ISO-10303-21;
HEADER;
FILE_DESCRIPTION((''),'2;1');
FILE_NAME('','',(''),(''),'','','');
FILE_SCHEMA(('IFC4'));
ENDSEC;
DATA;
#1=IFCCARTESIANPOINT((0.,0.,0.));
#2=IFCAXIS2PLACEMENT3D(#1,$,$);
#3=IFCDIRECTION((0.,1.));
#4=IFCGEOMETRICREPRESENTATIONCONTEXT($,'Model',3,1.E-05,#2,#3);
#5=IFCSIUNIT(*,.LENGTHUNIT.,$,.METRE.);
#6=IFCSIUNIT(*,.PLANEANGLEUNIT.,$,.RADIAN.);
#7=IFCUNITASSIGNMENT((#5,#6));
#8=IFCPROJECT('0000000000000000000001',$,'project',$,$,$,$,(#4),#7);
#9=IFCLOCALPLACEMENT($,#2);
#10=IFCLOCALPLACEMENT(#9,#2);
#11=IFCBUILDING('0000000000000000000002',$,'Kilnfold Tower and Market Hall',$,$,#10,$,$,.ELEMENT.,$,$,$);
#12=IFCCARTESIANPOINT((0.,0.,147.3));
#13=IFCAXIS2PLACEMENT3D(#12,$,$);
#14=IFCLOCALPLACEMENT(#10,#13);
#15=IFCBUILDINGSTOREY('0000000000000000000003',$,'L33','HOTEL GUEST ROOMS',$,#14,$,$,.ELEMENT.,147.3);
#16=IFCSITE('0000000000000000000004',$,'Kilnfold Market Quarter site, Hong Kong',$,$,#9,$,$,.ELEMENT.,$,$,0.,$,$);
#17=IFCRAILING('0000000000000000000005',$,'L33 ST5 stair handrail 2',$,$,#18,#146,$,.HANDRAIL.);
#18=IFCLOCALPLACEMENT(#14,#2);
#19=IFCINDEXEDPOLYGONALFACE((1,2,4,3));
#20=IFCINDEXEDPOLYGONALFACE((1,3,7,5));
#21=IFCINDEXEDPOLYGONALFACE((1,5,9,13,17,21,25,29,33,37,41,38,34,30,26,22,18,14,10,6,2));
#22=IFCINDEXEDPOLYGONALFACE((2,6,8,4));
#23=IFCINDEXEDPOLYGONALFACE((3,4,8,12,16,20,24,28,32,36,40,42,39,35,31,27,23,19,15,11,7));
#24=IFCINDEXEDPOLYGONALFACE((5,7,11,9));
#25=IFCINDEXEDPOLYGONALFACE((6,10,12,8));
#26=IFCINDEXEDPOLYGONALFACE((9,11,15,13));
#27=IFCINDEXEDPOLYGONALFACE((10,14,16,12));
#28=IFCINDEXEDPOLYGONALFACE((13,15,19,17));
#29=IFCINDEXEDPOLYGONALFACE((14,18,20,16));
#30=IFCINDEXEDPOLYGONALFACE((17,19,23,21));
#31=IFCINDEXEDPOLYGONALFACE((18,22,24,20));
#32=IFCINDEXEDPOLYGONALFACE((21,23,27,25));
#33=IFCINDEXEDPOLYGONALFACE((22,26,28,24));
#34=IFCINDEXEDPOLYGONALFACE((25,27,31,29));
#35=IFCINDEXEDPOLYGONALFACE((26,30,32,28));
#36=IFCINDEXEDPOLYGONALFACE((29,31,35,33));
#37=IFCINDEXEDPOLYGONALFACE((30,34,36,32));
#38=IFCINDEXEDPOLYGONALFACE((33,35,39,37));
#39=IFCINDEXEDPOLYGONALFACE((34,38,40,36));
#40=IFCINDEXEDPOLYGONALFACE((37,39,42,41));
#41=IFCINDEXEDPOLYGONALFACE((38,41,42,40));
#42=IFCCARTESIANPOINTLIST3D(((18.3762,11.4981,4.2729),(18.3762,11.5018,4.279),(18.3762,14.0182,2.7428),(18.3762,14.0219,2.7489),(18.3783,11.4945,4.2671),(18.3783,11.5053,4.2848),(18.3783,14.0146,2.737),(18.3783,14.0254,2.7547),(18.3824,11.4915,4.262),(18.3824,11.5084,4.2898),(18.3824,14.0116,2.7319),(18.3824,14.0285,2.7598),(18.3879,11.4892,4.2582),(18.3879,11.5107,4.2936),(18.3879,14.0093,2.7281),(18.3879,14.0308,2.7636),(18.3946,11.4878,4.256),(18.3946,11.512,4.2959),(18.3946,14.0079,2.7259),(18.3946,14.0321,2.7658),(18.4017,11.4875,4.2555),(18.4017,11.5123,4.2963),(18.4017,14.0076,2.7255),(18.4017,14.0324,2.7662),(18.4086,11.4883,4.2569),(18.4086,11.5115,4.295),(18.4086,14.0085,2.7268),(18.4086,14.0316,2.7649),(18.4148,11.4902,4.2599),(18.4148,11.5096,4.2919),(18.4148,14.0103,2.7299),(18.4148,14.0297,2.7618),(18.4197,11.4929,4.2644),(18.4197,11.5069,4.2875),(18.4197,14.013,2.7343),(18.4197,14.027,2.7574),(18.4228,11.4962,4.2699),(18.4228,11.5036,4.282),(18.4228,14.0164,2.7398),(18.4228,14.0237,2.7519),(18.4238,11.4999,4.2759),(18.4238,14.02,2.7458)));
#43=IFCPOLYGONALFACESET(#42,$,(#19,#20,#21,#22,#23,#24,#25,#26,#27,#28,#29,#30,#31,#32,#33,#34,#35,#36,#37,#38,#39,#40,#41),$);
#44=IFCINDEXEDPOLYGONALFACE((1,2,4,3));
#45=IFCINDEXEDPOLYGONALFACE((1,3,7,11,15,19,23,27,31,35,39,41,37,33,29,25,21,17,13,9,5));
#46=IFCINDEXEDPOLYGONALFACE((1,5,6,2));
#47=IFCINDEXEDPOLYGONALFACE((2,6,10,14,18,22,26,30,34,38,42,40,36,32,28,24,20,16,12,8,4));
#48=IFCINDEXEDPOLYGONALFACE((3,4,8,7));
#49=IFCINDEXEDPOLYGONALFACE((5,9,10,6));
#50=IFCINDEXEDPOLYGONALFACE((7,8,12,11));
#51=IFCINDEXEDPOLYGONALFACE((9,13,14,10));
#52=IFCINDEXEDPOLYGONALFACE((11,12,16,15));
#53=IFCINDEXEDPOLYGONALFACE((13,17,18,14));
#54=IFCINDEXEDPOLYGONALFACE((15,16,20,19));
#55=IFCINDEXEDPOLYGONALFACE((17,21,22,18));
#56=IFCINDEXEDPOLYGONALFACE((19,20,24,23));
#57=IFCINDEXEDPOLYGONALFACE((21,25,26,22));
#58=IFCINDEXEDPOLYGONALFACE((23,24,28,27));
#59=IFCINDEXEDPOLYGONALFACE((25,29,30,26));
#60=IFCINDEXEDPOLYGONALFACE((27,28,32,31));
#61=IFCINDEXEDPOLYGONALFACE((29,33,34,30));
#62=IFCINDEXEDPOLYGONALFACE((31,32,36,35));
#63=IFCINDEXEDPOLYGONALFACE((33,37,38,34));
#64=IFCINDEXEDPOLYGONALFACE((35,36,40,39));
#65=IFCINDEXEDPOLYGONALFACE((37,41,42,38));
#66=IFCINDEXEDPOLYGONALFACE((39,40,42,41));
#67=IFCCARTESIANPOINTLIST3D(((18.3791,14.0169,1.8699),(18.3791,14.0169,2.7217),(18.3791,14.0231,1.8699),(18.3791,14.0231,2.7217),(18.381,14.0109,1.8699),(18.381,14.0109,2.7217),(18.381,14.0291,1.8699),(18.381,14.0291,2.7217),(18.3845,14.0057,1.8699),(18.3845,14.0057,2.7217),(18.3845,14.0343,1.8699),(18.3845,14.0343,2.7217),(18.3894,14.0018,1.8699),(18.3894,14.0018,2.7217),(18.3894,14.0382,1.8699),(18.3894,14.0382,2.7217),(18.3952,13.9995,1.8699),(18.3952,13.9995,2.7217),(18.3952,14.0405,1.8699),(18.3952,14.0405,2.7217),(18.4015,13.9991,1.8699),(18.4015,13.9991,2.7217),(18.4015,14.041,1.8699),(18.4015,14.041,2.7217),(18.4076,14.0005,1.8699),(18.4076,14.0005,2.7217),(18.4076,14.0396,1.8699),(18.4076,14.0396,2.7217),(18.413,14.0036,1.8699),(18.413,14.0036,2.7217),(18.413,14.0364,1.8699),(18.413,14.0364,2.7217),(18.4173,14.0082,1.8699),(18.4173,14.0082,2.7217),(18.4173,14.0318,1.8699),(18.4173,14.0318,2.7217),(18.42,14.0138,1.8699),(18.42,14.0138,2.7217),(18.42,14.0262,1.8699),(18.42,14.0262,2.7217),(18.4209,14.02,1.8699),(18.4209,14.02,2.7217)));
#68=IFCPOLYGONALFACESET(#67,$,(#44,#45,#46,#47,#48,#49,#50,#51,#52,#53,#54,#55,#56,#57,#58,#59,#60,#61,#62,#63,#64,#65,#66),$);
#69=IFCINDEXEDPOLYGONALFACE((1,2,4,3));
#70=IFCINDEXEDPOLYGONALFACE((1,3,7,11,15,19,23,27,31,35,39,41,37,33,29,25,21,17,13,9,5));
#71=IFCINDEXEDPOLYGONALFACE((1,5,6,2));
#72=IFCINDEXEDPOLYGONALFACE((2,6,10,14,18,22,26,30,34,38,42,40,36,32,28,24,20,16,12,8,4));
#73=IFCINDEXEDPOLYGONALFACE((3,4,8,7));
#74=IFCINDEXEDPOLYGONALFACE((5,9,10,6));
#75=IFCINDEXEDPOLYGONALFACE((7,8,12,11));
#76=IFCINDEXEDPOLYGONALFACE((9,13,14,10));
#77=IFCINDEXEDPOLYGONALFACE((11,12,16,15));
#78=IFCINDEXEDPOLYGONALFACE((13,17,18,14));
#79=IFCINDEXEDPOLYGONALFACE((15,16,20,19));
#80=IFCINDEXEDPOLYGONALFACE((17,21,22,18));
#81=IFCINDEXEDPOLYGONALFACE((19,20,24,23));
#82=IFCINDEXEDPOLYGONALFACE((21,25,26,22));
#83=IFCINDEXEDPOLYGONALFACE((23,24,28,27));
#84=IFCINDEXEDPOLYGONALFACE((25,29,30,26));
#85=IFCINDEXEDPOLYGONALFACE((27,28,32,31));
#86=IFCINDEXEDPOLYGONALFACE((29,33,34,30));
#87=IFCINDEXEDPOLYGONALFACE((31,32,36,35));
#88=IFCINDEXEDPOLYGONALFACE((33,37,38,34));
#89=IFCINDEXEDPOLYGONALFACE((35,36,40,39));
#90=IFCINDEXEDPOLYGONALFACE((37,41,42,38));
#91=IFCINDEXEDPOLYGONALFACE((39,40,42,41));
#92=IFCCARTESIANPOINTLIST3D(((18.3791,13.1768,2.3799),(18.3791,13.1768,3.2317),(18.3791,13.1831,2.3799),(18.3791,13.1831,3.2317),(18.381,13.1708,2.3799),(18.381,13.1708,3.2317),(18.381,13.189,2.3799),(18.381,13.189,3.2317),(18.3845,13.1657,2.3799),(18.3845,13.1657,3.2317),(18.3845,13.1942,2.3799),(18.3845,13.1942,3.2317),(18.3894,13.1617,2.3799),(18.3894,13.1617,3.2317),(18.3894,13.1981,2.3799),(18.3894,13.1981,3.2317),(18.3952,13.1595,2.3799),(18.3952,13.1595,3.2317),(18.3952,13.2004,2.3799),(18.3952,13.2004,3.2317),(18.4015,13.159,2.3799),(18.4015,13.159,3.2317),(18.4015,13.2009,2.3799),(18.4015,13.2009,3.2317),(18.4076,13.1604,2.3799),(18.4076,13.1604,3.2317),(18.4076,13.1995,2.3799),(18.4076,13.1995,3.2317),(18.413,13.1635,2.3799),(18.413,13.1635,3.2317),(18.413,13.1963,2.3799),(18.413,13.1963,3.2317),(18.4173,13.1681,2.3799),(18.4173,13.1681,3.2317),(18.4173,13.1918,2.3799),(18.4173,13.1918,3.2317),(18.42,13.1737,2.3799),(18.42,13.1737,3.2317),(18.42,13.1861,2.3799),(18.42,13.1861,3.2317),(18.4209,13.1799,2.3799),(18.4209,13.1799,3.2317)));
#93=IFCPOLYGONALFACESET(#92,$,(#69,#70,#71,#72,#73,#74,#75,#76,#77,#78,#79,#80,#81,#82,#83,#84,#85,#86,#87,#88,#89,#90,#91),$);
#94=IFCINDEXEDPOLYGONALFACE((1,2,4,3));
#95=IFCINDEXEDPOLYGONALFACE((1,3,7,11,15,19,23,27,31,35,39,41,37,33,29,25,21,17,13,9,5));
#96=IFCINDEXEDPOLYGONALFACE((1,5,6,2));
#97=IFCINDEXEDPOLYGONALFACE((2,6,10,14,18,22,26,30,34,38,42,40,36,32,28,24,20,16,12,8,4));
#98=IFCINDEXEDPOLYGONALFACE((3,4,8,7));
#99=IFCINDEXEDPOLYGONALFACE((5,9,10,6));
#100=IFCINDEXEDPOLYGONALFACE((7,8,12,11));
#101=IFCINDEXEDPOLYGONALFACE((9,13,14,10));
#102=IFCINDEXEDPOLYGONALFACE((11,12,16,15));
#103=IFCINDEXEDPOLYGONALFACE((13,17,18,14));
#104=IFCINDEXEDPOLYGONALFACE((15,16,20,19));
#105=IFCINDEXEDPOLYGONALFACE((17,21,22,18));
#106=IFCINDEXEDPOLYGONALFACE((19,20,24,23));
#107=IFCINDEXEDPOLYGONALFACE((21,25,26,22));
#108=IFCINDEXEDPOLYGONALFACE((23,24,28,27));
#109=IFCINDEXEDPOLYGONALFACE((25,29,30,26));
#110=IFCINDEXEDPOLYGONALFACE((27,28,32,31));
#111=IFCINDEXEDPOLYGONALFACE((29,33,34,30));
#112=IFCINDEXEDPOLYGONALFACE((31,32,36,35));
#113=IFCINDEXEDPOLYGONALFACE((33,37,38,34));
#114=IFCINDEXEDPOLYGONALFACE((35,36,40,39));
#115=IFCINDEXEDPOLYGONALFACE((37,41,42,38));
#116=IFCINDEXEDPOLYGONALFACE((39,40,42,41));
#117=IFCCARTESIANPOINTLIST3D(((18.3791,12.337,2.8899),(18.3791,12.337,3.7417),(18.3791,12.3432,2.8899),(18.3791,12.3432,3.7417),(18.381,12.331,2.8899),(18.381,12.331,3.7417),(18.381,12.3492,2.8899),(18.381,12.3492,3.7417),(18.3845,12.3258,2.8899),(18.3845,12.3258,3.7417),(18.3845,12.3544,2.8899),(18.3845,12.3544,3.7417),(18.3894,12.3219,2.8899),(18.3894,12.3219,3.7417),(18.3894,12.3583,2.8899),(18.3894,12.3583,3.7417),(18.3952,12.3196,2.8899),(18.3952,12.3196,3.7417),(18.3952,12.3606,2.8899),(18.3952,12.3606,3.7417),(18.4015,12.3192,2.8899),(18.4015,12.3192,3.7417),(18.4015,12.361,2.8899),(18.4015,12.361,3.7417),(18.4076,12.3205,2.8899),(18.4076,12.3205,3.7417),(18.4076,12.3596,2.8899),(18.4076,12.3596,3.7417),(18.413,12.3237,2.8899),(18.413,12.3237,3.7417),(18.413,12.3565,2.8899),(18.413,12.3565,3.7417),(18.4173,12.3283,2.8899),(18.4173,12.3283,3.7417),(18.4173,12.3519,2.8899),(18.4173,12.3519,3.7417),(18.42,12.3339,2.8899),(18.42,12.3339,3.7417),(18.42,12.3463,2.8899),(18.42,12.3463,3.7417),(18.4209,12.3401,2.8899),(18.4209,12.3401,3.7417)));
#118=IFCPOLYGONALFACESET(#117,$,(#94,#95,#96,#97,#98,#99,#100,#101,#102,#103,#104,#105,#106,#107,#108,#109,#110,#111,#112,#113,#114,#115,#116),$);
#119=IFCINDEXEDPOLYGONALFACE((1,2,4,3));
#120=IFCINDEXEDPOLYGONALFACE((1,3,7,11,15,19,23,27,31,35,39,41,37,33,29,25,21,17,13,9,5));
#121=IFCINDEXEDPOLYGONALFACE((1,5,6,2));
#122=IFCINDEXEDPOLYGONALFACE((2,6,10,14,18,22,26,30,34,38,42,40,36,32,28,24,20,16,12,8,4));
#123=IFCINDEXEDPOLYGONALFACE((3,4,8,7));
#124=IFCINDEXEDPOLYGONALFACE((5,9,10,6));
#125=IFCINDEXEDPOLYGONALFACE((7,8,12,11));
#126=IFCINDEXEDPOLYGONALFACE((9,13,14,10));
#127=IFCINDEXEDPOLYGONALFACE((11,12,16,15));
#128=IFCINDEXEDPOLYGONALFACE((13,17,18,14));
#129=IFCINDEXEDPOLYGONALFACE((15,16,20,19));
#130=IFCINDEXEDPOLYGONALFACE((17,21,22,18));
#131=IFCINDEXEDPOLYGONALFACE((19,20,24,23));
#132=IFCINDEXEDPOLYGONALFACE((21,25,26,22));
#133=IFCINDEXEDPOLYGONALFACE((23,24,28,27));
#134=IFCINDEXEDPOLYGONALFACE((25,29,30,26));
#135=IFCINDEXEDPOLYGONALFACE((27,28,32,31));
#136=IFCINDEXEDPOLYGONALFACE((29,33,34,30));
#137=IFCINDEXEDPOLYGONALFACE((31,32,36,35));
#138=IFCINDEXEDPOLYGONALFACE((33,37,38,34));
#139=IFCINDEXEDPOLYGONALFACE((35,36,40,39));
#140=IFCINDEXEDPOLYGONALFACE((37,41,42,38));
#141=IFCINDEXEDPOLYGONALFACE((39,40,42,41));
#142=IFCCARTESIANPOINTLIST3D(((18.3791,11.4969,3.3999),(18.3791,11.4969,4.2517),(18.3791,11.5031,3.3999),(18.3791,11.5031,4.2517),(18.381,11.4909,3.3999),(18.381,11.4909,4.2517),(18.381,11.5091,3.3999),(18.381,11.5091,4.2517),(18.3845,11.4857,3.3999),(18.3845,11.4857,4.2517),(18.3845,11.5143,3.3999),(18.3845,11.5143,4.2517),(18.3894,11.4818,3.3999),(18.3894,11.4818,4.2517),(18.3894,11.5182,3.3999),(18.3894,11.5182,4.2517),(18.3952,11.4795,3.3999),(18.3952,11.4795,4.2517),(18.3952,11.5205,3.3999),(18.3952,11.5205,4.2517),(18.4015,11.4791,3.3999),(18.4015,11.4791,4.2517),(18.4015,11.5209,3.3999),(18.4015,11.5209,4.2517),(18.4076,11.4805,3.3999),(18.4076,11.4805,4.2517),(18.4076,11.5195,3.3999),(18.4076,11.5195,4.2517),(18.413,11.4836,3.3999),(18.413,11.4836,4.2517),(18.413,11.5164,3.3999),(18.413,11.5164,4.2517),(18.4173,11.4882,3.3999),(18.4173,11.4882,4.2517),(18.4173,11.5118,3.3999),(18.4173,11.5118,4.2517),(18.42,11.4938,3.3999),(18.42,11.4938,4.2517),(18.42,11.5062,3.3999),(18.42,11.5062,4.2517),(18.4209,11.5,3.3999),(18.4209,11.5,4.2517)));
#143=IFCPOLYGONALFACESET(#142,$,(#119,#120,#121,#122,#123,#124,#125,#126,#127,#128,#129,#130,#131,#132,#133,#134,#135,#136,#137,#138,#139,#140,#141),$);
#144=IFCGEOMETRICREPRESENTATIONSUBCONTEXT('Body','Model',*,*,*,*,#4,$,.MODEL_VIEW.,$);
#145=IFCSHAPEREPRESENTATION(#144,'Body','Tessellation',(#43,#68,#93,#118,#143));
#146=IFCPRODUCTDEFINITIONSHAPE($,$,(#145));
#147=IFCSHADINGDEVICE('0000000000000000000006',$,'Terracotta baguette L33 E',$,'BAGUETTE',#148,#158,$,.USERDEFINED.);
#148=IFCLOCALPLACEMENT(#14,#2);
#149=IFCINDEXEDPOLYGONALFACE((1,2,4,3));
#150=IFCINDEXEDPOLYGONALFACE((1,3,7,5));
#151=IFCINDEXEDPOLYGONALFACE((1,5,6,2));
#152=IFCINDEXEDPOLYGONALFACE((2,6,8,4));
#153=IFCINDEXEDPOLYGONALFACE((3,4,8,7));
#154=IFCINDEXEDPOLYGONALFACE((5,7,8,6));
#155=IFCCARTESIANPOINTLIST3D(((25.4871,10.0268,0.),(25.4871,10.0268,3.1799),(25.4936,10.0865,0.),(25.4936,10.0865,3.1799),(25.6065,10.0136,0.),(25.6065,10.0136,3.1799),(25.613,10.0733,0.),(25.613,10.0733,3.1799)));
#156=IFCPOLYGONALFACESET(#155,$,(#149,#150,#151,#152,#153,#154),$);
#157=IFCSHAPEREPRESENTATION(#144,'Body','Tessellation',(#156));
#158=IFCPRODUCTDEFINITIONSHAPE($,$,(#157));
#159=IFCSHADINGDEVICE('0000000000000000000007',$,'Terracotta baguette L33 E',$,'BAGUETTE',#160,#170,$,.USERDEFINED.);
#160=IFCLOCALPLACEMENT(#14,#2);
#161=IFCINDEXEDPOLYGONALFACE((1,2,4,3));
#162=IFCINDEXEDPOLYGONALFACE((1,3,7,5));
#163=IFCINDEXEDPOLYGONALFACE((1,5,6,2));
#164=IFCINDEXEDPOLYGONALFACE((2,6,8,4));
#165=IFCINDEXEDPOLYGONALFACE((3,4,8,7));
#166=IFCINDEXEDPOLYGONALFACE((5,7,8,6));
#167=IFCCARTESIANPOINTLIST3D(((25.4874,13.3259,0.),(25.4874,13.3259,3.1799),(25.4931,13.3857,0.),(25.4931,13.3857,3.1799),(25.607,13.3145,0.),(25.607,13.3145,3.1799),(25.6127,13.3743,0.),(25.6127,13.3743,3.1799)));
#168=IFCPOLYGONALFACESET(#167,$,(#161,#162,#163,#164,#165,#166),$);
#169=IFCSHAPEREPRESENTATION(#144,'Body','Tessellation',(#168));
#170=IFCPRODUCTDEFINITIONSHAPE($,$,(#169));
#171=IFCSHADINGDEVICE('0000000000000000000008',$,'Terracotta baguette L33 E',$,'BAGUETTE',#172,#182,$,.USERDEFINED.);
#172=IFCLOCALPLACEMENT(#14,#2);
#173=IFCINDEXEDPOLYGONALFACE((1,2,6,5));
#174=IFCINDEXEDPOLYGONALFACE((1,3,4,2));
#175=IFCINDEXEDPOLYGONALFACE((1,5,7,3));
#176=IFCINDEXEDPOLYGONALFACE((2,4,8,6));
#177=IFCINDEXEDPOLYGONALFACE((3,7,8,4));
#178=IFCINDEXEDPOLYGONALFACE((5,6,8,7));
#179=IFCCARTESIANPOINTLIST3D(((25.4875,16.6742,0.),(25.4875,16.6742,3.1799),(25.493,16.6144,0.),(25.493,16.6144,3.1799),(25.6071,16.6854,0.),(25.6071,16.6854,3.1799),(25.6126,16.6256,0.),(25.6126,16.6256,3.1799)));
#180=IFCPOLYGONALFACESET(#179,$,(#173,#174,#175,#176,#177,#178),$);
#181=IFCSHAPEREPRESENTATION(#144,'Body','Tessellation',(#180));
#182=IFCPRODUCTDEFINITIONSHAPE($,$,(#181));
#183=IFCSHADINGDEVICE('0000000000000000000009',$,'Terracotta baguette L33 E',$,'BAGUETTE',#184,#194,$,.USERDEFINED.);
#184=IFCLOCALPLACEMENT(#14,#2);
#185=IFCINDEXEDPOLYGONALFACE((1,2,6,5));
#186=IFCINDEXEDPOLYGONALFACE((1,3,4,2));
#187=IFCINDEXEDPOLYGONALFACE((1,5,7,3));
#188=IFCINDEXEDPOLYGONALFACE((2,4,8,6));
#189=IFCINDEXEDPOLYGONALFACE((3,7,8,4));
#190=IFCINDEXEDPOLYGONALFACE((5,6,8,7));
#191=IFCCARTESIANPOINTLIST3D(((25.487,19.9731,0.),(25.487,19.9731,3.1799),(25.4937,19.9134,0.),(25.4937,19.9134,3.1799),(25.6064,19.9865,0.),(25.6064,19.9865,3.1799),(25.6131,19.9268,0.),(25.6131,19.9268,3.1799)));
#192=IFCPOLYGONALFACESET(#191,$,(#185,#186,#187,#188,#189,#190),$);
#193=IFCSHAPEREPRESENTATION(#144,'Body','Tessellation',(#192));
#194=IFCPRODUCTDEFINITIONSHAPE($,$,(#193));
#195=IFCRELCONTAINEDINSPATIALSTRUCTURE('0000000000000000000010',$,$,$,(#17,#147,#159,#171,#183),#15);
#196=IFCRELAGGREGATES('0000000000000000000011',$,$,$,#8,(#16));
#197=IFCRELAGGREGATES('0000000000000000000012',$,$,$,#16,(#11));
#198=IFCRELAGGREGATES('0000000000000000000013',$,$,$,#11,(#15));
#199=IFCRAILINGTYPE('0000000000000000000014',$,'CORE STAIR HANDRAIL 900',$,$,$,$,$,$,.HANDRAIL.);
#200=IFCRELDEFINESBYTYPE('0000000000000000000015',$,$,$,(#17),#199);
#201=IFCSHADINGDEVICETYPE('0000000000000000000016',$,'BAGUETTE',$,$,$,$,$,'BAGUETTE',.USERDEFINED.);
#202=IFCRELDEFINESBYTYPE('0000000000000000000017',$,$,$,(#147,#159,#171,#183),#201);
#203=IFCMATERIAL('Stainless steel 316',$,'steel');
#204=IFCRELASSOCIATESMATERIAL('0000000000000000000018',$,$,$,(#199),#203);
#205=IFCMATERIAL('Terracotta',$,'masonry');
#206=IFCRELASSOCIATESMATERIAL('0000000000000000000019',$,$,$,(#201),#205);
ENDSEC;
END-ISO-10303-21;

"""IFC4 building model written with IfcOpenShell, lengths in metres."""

from ifc_helpers import new_model, si_unit, direction, frame, origin, origin_2d, place, context, subcontext, project, spatial, rectangle, circle, extrude, source, transform, mapped, material, material_profile, profile_set, type_object, element, save


model = new_model("IFC4")

# Units and contexts
model_context = context("Model", 3, precision=1e-05, world=origin(), true_north=direction((0.0, 1.0)))
body_context = subcontext(model_context, "Body", "Model", "MODEL_VIEW")
ifc_project = project(units=[si_unit("LENGTHUNIT", "METRE"), si_unit("PLANEANGLEUNIT", "RADIAN")], contexts=[model_context])

# Site, building, storey
site_placement = place(None, origin())
site = spatial("IfcSite", under=ifc_project, at=site_placement, Name="Kilnfold Market Quarter site, Hong Kong", CompositionType="ELEMENT", RefElevation=0.0)
building_placement = place(site_placement, origin())
building = spatial("IfcBuilding", under=site, at=building_placement, Name="Kilnfold Tower and Market Hall", CompositionType="ELEMENT")
storey_placement = place(building_placement, frame((0.0, 0.0, 147.3)))
storey = spatial("IfcBuildingStorey", under=building, at=storey_placement, Name="L33", Description="HOTEL GUEST ROOMS", CompositionType="ELEMENT", Elevation=147.3)

# Railing
ifc_material_1 = material(Name="Stainless steel 316", Category="steel")
railing_type_1 = type_object("IfcRailingType", Name="CORE STAIR HANDRAIL 900", PredefinedType="HANDRAIL", material=ifc_material_1)
railing_1_placement = place(storey_placement, frame((18.3999, 14.02, 1.8699)))
element("IfcRailing", 1, at=railing_1_placement, inside=storey, type_object=railing_type_1, Name="L33 ST5 stair handrail 2", PredefinedType="HANDRAIL", context=body_context, shape_type="SweptSolid", body=[
    extrude(circle(Radius=0.0239, at=origin_2d()), frame((0.0, 0.0, 0.876), z_axis=(0.0, -0.854785, 0.518982), x_axis=(1.0, 0.0, 0.0)), (0.0, 0.0, 1.0), 2.9482),
    extrude(circle(Radius=0.021, at=origin_2d()), origin(), (0.0, 0.0, 1.0), 0.8518),
    extrude(circle(Radius=0.021, at=origin_2d()), frame((0.0, -0.8401, 0.51)), (0.0, 0.0, 1.0), 0.8518),
    extrude(circle(Radius=0.021, at=origin_2d()), frame((0.0, -1.6799, 1.02)), (0.0, 0.0, 1.0), 0.8518),
    extrude(circle(Radius=0.021, at=origin_2d()), frame((0.0, -2.52, 1.53)), (0.0, 0.0, 1.0), 0.8518),
])

# Shading devices
ifc_material_2 = material(Name="Terracotta", Category="masonry")
ifc_material_profile = material_profile(ifc_material_2, rectangle(XDim=0.0601, YDim=0.1201, at=origin_2d()), Name="BAG 60x120")
ifc_profile_set = profile_set([ifc_material_profile], Name="Terracotta")
shading_device_type = type_object("IfcShadingDeviceType", Name="BAGUETTE", ElementType="BAGUETTE", PredefinedType="USERDEFINED", material=ifc_profile_set)
shared_shape_1 = source(origin(), body_context, "Body", "SweptSolid", [
    extrude(rectangle(XDim=0.0601, YDim=0.1201, at=origin_2d()), origin(), (0.0, 0.0, 1.0), 3.1799),
])
for number, where, z_axis, x_axis, name in (
    (2, (25.55, 10.05, 0.0), (0.0, 0.0, 1.0), (0.10971, 0.993964, 0.0), "Terracotta baguette L33 E"),
    (3, (25.55, 13.3501, 0.0), (0.0, 0.0, 1.0), (0.095446, 0.995435, 0.0), "Terracotta baguette L33 E"),
    (4, (25.55, 16.6499, 0.0), (0.0, 0.0, 1.0), (-0.092661, 0.995698, 0.0), "Terracotta baguette L33 E"),
    (5, (25.55, 19.95, 0.0), (0.0, 0.0, 1.0), (-0.111993, 0.993709, 0.0), "Terracotta baguette L33 E"),
):
    element("IfcShadingDevice", number, at=place(storey_placement, frame(where, z_axis=z_axis, x_axis=x_axis)), inside=storey, type_object=shading_device_type, Name=name, ObjectType="BAGUETTE", PredefinedType="USERDEFINED", context=body_context, shape_type="MappedRepresentation", body=[
        mapped(shared_shape_1, transform((0.0, 0.0, 0.0))),
    ])

save(model, "model.ifc")
